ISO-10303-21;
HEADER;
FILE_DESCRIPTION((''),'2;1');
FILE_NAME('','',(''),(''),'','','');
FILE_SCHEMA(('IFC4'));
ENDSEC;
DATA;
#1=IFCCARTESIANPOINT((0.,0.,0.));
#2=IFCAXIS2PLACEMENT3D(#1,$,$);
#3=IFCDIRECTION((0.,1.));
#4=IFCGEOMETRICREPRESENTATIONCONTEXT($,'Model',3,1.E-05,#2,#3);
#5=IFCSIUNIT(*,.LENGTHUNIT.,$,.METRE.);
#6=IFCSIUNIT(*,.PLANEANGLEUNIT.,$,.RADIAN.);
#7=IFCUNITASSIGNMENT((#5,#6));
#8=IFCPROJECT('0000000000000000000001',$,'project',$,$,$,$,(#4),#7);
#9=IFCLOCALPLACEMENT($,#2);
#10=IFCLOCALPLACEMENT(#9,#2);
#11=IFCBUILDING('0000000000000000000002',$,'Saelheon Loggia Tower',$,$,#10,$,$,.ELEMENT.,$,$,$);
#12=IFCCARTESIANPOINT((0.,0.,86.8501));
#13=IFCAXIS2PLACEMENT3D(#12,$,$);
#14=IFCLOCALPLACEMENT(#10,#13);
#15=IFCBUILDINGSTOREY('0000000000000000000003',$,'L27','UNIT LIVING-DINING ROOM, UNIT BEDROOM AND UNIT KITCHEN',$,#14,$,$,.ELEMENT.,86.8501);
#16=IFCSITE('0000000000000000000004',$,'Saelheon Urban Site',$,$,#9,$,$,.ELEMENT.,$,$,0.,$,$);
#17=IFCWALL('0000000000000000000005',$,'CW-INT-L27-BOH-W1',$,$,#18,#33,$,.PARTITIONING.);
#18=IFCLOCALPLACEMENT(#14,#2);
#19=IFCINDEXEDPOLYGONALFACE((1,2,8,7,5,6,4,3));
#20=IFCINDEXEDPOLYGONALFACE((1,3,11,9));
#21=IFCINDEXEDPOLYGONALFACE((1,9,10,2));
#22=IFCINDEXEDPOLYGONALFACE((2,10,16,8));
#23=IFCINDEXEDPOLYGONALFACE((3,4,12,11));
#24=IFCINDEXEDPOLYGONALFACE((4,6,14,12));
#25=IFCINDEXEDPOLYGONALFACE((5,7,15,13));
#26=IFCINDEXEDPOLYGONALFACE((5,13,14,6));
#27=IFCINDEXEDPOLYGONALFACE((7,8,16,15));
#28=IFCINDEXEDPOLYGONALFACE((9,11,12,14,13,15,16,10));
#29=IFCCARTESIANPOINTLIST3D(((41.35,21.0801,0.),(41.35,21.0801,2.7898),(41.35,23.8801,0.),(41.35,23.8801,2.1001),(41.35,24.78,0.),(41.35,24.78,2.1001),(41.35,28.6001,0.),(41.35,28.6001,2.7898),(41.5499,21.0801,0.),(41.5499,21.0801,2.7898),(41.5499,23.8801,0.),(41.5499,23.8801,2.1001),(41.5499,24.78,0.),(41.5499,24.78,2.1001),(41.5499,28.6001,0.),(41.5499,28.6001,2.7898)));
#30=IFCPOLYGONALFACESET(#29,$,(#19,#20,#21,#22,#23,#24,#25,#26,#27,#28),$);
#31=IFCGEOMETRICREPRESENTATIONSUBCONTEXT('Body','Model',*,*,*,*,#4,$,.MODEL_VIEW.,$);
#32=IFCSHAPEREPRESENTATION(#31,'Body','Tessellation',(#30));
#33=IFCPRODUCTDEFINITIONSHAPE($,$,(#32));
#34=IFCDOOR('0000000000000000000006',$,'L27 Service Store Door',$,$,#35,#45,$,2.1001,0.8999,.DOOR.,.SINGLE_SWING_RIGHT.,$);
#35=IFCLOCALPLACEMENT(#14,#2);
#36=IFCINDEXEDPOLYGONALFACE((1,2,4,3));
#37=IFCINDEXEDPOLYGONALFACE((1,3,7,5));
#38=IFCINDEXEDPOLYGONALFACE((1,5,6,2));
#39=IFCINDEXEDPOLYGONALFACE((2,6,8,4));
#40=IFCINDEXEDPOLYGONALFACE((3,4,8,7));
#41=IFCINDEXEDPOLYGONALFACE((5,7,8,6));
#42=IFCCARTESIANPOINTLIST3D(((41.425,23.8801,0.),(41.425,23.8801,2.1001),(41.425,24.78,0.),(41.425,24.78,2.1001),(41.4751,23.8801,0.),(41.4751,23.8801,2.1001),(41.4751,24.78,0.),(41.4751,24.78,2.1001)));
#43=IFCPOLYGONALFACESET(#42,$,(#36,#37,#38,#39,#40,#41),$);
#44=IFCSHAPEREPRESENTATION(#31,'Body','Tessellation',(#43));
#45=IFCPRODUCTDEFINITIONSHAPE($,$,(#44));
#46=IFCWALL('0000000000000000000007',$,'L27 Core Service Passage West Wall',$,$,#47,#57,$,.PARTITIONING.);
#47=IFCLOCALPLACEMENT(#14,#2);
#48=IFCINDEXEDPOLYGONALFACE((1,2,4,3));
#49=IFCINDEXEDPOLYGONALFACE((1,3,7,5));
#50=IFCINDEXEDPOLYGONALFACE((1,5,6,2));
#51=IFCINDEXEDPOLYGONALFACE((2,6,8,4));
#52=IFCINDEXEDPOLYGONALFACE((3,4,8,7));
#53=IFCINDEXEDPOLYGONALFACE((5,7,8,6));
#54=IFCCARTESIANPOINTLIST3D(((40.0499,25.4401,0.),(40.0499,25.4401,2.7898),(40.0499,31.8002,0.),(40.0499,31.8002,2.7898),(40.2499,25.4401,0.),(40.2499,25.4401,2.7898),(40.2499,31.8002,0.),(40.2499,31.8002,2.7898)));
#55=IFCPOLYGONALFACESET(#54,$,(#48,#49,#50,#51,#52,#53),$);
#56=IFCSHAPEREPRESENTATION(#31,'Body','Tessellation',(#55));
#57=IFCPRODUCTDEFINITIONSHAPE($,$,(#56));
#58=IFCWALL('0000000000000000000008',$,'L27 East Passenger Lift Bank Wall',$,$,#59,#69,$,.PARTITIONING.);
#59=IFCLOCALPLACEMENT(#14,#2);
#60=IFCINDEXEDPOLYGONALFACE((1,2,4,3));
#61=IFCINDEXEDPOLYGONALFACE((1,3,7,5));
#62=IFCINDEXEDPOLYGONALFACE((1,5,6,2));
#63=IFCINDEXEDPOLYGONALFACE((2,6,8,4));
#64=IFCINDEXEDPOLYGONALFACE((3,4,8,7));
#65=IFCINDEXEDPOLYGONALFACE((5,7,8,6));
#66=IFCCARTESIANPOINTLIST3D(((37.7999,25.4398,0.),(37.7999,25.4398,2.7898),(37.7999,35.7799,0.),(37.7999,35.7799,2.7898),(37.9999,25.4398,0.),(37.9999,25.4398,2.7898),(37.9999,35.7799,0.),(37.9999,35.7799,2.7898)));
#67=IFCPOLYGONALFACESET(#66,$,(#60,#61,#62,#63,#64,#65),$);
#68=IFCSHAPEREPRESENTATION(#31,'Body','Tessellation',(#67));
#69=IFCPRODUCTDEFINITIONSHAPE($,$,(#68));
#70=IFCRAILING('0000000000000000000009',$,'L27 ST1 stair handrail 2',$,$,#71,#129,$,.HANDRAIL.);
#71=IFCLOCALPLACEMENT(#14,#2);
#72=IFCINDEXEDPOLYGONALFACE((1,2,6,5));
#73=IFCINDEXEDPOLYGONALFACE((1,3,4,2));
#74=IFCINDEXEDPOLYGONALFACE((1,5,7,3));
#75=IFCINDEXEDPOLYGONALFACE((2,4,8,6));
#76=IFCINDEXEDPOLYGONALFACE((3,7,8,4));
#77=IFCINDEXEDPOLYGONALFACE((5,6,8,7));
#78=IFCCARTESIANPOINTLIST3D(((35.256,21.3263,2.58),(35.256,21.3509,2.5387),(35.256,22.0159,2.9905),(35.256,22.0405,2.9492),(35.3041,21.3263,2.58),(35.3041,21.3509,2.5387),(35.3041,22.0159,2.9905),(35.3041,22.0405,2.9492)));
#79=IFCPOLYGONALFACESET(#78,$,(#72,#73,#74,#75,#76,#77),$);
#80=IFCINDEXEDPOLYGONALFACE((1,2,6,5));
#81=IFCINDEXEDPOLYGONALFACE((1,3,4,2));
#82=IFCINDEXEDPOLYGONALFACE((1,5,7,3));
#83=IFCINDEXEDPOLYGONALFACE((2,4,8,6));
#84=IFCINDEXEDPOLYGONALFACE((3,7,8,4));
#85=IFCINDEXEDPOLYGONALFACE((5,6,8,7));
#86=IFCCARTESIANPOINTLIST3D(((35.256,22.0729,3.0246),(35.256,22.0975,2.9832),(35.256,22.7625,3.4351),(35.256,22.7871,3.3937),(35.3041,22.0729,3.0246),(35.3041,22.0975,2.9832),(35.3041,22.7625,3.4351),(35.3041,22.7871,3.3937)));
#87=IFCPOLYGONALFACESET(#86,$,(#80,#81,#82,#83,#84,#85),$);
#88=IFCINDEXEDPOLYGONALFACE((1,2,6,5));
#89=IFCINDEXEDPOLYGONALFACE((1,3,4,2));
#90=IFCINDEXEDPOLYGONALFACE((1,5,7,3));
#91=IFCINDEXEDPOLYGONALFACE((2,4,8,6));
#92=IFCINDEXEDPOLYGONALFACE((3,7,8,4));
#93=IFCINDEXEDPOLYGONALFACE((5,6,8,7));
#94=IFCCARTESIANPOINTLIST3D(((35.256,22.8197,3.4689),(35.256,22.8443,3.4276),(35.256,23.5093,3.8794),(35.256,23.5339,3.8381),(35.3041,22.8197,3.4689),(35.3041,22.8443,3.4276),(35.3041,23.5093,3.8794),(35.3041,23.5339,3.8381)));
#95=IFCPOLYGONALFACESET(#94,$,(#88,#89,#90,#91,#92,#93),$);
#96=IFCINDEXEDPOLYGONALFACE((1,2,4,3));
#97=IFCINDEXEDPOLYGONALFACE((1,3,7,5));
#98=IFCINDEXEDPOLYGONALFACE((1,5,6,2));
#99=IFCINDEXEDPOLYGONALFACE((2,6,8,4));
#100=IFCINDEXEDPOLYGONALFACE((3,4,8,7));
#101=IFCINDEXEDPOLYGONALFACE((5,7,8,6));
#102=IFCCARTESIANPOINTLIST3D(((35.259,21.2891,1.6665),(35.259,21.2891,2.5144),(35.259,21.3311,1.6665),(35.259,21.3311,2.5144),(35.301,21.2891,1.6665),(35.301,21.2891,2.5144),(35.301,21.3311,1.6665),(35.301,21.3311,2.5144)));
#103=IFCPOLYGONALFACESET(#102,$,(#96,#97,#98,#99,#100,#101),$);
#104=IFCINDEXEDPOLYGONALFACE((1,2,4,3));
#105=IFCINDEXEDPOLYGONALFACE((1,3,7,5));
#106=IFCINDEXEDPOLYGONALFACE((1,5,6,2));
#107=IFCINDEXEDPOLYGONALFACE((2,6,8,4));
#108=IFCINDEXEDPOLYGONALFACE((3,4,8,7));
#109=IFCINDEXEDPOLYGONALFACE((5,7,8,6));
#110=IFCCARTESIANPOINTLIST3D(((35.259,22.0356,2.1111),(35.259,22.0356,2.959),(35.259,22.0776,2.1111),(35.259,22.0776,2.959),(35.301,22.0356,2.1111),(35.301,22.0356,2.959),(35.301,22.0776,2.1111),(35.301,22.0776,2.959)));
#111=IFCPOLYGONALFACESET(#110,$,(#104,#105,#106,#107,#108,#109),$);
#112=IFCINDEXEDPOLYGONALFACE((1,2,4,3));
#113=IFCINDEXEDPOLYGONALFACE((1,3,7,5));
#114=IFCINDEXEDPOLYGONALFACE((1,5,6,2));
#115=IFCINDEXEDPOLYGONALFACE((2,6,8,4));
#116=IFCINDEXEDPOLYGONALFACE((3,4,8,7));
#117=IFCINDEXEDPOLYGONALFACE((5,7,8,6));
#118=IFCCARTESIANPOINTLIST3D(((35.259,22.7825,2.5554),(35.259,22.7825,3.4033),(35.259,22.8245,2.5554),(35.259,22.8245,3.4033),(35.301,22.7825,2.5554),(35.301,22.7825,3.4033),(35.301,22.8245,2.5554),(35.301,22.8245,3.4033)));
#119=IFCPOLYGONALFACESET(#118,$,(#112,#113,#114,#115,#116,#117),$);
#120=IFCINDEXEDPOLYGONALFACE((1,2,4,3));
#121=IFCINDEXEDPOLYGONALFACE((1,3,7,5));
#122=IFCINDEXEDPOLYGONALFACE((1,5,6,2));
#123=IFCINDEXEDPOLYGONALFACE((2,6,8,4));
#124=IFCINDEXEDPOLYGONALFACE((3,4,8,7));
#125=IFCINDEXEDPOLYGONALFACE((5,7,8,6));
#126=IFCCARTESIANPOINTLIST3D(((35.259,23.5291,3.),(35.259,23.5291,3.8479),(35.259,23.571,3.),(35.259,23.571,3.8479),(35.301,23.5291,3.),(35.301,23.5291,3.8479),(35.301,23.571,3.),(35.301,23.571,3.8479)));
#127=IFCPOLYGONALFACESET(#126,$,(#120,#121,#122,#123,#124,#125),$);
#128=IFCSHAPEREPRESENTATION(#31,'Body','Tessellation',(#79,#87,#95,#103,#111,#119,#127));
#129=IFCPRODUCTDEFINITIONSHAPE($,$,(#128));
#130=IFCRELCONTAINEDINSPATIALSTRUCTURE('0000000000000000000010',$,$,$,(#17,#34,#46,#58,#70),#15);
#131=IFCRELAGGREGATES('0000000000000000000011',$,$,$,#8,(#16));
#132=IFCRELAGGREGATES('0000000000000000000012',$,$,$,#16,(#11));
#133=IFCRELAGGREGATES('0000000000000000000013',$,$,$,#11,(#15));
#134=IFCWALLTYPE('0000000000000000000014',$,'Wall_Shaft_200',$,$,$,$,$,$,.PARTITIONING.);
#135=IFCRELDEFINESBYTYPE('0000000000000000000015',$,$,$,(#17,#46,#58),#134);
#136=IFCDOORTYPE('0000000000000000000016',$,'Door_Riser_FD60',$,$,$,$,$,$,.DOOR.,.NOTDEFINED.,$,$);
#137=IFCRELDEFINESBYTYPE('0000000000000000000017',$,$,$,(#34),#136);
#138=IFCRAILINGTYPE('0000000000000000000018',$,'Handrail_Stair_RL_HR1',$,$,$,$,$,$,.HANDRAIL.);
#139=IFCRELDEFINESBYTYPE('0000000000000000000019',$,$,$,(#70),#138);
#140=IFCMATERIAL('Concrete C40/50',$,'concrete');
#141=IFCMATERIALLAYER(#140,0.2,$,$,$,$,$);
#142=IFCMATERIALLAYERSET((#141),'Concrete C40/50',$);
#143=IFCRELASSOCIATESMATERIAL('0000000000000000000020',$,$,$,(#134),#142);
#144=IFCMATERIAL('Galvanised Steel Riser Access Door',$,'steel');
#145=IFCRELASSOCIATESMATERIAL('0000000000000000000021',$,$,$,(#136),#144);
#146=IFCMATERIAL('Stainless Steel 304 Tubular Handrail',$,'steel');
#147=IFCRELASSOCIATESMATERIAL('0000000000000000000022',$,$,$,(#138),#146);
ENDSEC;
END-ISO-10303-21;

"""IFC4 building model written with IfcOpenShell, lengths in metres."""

from ifc_helpers import new_model, si_unit, direction, frame, frame_2d, origin, origin_2d, place, context, subcontext, project, spatial, rectangle, extrude, source, transform, mapped, material, layer, layer_set, type_object, element, fill, save


model = new_model("IFC4")

# Units and contexts
model_context = context("Model", 3, precision=1e-05, world=origin(), true_north=direction((0.0, 1.0)))
body_context = subcontext(model_context, "Body", "Model", "MODEL_VIEW")
ifc_project = project(units=[si_unit("LENGTHUNIT", "METRE"), si_unit("PLANEANGLEUNIT", "RADIAN")], contexts=[model_context])

# Site, building, storey
site_placement = place(None, origin())
site = spatial("IfcSite", under=ifc_project, at=site_placement, Name="Saelheon Urban Site", CompositionType="ELEMENT", RefElevation=0.0)
building_placement = place(site_placement, origin())
building = spatial("IfcBuilding", under=site, at=building_placement, Name="Saelheon Loggia Tower", CompositionType="ELEMENT")
storey_placement = place(building_placement, frame((0.0, 0.0, 86.8501)))
storey = spatial("IfcBuildingStorey", under=building, at=storey_placement, Name="L27", Description="UNIT LIVING-DINING ROOM, UNIT BEDROOM AND UNIT KITCHEN", CompositionType="ELEMENT", Elevation=86.8501)

# Shared definitions
ifc_material_1 = material(Name="Concrete C40/50", Category="concrete")

# Shared definitions
ifc_layer_1 = layer(ifc_material_1, 0.2)
ifc_layer_set_1 = layer_set([ifc_layer_1], Name="Concrete C40/50")
wall_type_1 = type_object("IfcWallType", Name="Wall_Shaft_200", PredefinedType="PARTITIONING", material=ifc_layer_set_1)

# Shared definitions
ifc_material_2 = material(Name="Galvanised Steel Riser Access Door", Category="steel")
door_type_1 = type_object("IfcDoorType", Name="Door_Riser_FD60", OperationType="NOTDEFINED", PredefinedType="DOOR", material=ifc_material_2)
shared_shape_1 = source(origin(), body_context, "Body", "SweptSolid", [
    extrude(rectangle(XDim=0.8999, YDim=2.1001, at=frame_2d((0.45, 1.05))), frame((0.0, 0.0249, 0.0), z_axis=(0.0, -1.0, 0.0), x_axis=(1.0, 0.0, 0.0)), (0.0, 0.0, 1.0), 0.05),
])

# Wall, opening, door
wall_1_placement = place(storey_placement, frame((41.45, 21.0801, 0.0), z_axis=(0.0, 0.0, 1.0), x_axis=(0.0, 1.0, 0.0)))
wall_1 = element("IfcWall", 1, at=wall_1_placement, inside=storey, type_object=wall_type_1, Name="CW-INT-L27-BOH-W1", PredefinedType="PARTITIONING", context=body_context, shape_type="SweptSolid", body=[
    extrude(rectangle(XDim=7.52, YDim=0.2, at=frame_2d((3.76, 0.0))), origin(), (0.0, 0.0, 1.0), 2.7898),
])
opening_1_placement = place(wall_1_placement, frame((2.8, 0.0, 0.0)))
opening_1 = element("IfcOpeningElement", 2, at=opening_1_placement, cuts=wall_1, PredefinedType="OPENING", context=body_context, shape_type="SweptSolid", body=[
    extrude(rectangle(XDim=0.8999, YDim=2.1001, at=frame_2d((0.45, 1.05))), frame((0.0, 0.1121, 0.0), z_axis=(0.0, -1.0, 0.0), x_axis=(1.0, 0.0, 0.0)), (0.0, 0.0, 1.0), 0.2239),
])
door_1_placement = place(opening_1_placement, origin())
door_1 = element("IfcDoor", 3, at=door_1_placement, inside=storey, type_object=door_type_1, Name="L27 Service Store Door", OperationType="SINGLE_SWING_RIGHT", OverallHeight=2.1001, OverallWidth=0.8999, PredefinedType="DOOR", context=body_context, shape_type="MappedRepresentation", body=[
    mapped(shared_shape_1, transform((0.0, 0.0, 0.0), scale=1.0)),
])
fill(opening_1, door_1)

# Wall
wall_2_placement = place(storey_placement, frame((40.1499, 25.4399, 0.0), z_axis=(0.0, 0.0, 1.0), x_axis=(0.0, 1.0, 0.0)))
element("IfcWall", 4, at=wall_2_placement, inside=storey, type_object=wall_type_1, Name="L27 Core Service Passage West Wall", PredefinedType="PARTITIONING", context=body_context, shape_type="SweptSolid", body=[
    extrude(rectangle(XDim=6.3601, YDim=0.2, at=frame_2d((3.1802, 0.0))), origin(), (0.0, 0.0, 1.0), 2.7898),
])

# Wall
wall_3_placement = place(storey_placement, frame((37.8999, 25.4399, 0.0), z_axis=(0.0, 0.0, 1.0), x_axis=(0.0, 1.0, 0.0)))
element("IfcWall", 5, at=wall_3_placement, inside=storey, type_object=wall_type_1, Name="L27 East Passenger Lift Bank Wall", PredefinedType="PARTITIONING", context=body_context, shape_type="SweptSolid", body=[
    extrude(rectangle(XDim=10.3401, YDim=0.2, at=frame_2d((5.1699, 0.0))), origin(), (0.0, 0.0, 1.0), 2.7898),
])

# Railing
ifc_material_3 = material(Name="Stainless Steel 304 Tubular Handrail", Category="steel")
railing_type = type_object("IfcRailingType", Name="Handrail_Stair_RL_HR1", PredefinedType="HANDRAIL", material=ifc_material_3)
railing_placement = place(storey_placement, frame((35.28, 21.3101, 1.6665)))
element("IfcRailing", 6, at=railing_placement, inside=storey, type_object=railing_type, Name="L27 ST1 stair handrail 2", PredefinedType="HANDRAIL", context=body_context, shape_type="SweptSolid", body=[
    extrude(rectangle(XDim=0.0481, YDim=0.0481, at=origin_2d()), frame((0.0, 0.0286, 0.8928), z_axis=(0.0, 0.859264, 0.511532), x_axis=(-1.0, 0.0, 0.0)), (0.0, 0.0, 1.0), 0.8025),
    extrude(rectangle(XDim=0.0481, YDim=0.0481, at=origin_2d()), frame((0.0, 0.7751, 1.3374), z_axis=(0.0, 0.859264, 0.511532), x_axis=(-1.0, 0.0, 0.0)), (0.0, 0.0, 1.0), 0.8025),
    extrude(rectangle(XDim=0.0481, YDim=0.0481, at=origin_2d()), frame((0.0, 1.522, 1.7817), z_axis=(0.0, 0.859264, 0.511532), x_axis=(-1.0, 0.0, 0.0)), (0.0, 0.0, 1.0), 0.8025),
    extrude(rectangle(XDim=0.042, YDim=0.042, at=origin_2d()), origin(), (0.0, 0.0, 1.0), 0.8479),
    extrude(rectangle(XDim=0.042, YDim=0.042, at=origin_2d()), frame((0.0, 0.7466, 0.4446)), (0.0, 0.0, 1.0), 0.8479),
    extrude(rectangle(XDim=0.042, YDim=0.042, at=origin_2d()), frame((0.0, 1.4934, 0.8889)), (0.0, 0.0, 1.0), 0.8479),
    extrude(rectangle(XDim=0.042, YDim=0.042, at=origin_2d()), frame((0.0, 2.24, 1.3335)), (0.0, 0.0, 1.0), 0.8479),
])

save(model, "model.ifc")
